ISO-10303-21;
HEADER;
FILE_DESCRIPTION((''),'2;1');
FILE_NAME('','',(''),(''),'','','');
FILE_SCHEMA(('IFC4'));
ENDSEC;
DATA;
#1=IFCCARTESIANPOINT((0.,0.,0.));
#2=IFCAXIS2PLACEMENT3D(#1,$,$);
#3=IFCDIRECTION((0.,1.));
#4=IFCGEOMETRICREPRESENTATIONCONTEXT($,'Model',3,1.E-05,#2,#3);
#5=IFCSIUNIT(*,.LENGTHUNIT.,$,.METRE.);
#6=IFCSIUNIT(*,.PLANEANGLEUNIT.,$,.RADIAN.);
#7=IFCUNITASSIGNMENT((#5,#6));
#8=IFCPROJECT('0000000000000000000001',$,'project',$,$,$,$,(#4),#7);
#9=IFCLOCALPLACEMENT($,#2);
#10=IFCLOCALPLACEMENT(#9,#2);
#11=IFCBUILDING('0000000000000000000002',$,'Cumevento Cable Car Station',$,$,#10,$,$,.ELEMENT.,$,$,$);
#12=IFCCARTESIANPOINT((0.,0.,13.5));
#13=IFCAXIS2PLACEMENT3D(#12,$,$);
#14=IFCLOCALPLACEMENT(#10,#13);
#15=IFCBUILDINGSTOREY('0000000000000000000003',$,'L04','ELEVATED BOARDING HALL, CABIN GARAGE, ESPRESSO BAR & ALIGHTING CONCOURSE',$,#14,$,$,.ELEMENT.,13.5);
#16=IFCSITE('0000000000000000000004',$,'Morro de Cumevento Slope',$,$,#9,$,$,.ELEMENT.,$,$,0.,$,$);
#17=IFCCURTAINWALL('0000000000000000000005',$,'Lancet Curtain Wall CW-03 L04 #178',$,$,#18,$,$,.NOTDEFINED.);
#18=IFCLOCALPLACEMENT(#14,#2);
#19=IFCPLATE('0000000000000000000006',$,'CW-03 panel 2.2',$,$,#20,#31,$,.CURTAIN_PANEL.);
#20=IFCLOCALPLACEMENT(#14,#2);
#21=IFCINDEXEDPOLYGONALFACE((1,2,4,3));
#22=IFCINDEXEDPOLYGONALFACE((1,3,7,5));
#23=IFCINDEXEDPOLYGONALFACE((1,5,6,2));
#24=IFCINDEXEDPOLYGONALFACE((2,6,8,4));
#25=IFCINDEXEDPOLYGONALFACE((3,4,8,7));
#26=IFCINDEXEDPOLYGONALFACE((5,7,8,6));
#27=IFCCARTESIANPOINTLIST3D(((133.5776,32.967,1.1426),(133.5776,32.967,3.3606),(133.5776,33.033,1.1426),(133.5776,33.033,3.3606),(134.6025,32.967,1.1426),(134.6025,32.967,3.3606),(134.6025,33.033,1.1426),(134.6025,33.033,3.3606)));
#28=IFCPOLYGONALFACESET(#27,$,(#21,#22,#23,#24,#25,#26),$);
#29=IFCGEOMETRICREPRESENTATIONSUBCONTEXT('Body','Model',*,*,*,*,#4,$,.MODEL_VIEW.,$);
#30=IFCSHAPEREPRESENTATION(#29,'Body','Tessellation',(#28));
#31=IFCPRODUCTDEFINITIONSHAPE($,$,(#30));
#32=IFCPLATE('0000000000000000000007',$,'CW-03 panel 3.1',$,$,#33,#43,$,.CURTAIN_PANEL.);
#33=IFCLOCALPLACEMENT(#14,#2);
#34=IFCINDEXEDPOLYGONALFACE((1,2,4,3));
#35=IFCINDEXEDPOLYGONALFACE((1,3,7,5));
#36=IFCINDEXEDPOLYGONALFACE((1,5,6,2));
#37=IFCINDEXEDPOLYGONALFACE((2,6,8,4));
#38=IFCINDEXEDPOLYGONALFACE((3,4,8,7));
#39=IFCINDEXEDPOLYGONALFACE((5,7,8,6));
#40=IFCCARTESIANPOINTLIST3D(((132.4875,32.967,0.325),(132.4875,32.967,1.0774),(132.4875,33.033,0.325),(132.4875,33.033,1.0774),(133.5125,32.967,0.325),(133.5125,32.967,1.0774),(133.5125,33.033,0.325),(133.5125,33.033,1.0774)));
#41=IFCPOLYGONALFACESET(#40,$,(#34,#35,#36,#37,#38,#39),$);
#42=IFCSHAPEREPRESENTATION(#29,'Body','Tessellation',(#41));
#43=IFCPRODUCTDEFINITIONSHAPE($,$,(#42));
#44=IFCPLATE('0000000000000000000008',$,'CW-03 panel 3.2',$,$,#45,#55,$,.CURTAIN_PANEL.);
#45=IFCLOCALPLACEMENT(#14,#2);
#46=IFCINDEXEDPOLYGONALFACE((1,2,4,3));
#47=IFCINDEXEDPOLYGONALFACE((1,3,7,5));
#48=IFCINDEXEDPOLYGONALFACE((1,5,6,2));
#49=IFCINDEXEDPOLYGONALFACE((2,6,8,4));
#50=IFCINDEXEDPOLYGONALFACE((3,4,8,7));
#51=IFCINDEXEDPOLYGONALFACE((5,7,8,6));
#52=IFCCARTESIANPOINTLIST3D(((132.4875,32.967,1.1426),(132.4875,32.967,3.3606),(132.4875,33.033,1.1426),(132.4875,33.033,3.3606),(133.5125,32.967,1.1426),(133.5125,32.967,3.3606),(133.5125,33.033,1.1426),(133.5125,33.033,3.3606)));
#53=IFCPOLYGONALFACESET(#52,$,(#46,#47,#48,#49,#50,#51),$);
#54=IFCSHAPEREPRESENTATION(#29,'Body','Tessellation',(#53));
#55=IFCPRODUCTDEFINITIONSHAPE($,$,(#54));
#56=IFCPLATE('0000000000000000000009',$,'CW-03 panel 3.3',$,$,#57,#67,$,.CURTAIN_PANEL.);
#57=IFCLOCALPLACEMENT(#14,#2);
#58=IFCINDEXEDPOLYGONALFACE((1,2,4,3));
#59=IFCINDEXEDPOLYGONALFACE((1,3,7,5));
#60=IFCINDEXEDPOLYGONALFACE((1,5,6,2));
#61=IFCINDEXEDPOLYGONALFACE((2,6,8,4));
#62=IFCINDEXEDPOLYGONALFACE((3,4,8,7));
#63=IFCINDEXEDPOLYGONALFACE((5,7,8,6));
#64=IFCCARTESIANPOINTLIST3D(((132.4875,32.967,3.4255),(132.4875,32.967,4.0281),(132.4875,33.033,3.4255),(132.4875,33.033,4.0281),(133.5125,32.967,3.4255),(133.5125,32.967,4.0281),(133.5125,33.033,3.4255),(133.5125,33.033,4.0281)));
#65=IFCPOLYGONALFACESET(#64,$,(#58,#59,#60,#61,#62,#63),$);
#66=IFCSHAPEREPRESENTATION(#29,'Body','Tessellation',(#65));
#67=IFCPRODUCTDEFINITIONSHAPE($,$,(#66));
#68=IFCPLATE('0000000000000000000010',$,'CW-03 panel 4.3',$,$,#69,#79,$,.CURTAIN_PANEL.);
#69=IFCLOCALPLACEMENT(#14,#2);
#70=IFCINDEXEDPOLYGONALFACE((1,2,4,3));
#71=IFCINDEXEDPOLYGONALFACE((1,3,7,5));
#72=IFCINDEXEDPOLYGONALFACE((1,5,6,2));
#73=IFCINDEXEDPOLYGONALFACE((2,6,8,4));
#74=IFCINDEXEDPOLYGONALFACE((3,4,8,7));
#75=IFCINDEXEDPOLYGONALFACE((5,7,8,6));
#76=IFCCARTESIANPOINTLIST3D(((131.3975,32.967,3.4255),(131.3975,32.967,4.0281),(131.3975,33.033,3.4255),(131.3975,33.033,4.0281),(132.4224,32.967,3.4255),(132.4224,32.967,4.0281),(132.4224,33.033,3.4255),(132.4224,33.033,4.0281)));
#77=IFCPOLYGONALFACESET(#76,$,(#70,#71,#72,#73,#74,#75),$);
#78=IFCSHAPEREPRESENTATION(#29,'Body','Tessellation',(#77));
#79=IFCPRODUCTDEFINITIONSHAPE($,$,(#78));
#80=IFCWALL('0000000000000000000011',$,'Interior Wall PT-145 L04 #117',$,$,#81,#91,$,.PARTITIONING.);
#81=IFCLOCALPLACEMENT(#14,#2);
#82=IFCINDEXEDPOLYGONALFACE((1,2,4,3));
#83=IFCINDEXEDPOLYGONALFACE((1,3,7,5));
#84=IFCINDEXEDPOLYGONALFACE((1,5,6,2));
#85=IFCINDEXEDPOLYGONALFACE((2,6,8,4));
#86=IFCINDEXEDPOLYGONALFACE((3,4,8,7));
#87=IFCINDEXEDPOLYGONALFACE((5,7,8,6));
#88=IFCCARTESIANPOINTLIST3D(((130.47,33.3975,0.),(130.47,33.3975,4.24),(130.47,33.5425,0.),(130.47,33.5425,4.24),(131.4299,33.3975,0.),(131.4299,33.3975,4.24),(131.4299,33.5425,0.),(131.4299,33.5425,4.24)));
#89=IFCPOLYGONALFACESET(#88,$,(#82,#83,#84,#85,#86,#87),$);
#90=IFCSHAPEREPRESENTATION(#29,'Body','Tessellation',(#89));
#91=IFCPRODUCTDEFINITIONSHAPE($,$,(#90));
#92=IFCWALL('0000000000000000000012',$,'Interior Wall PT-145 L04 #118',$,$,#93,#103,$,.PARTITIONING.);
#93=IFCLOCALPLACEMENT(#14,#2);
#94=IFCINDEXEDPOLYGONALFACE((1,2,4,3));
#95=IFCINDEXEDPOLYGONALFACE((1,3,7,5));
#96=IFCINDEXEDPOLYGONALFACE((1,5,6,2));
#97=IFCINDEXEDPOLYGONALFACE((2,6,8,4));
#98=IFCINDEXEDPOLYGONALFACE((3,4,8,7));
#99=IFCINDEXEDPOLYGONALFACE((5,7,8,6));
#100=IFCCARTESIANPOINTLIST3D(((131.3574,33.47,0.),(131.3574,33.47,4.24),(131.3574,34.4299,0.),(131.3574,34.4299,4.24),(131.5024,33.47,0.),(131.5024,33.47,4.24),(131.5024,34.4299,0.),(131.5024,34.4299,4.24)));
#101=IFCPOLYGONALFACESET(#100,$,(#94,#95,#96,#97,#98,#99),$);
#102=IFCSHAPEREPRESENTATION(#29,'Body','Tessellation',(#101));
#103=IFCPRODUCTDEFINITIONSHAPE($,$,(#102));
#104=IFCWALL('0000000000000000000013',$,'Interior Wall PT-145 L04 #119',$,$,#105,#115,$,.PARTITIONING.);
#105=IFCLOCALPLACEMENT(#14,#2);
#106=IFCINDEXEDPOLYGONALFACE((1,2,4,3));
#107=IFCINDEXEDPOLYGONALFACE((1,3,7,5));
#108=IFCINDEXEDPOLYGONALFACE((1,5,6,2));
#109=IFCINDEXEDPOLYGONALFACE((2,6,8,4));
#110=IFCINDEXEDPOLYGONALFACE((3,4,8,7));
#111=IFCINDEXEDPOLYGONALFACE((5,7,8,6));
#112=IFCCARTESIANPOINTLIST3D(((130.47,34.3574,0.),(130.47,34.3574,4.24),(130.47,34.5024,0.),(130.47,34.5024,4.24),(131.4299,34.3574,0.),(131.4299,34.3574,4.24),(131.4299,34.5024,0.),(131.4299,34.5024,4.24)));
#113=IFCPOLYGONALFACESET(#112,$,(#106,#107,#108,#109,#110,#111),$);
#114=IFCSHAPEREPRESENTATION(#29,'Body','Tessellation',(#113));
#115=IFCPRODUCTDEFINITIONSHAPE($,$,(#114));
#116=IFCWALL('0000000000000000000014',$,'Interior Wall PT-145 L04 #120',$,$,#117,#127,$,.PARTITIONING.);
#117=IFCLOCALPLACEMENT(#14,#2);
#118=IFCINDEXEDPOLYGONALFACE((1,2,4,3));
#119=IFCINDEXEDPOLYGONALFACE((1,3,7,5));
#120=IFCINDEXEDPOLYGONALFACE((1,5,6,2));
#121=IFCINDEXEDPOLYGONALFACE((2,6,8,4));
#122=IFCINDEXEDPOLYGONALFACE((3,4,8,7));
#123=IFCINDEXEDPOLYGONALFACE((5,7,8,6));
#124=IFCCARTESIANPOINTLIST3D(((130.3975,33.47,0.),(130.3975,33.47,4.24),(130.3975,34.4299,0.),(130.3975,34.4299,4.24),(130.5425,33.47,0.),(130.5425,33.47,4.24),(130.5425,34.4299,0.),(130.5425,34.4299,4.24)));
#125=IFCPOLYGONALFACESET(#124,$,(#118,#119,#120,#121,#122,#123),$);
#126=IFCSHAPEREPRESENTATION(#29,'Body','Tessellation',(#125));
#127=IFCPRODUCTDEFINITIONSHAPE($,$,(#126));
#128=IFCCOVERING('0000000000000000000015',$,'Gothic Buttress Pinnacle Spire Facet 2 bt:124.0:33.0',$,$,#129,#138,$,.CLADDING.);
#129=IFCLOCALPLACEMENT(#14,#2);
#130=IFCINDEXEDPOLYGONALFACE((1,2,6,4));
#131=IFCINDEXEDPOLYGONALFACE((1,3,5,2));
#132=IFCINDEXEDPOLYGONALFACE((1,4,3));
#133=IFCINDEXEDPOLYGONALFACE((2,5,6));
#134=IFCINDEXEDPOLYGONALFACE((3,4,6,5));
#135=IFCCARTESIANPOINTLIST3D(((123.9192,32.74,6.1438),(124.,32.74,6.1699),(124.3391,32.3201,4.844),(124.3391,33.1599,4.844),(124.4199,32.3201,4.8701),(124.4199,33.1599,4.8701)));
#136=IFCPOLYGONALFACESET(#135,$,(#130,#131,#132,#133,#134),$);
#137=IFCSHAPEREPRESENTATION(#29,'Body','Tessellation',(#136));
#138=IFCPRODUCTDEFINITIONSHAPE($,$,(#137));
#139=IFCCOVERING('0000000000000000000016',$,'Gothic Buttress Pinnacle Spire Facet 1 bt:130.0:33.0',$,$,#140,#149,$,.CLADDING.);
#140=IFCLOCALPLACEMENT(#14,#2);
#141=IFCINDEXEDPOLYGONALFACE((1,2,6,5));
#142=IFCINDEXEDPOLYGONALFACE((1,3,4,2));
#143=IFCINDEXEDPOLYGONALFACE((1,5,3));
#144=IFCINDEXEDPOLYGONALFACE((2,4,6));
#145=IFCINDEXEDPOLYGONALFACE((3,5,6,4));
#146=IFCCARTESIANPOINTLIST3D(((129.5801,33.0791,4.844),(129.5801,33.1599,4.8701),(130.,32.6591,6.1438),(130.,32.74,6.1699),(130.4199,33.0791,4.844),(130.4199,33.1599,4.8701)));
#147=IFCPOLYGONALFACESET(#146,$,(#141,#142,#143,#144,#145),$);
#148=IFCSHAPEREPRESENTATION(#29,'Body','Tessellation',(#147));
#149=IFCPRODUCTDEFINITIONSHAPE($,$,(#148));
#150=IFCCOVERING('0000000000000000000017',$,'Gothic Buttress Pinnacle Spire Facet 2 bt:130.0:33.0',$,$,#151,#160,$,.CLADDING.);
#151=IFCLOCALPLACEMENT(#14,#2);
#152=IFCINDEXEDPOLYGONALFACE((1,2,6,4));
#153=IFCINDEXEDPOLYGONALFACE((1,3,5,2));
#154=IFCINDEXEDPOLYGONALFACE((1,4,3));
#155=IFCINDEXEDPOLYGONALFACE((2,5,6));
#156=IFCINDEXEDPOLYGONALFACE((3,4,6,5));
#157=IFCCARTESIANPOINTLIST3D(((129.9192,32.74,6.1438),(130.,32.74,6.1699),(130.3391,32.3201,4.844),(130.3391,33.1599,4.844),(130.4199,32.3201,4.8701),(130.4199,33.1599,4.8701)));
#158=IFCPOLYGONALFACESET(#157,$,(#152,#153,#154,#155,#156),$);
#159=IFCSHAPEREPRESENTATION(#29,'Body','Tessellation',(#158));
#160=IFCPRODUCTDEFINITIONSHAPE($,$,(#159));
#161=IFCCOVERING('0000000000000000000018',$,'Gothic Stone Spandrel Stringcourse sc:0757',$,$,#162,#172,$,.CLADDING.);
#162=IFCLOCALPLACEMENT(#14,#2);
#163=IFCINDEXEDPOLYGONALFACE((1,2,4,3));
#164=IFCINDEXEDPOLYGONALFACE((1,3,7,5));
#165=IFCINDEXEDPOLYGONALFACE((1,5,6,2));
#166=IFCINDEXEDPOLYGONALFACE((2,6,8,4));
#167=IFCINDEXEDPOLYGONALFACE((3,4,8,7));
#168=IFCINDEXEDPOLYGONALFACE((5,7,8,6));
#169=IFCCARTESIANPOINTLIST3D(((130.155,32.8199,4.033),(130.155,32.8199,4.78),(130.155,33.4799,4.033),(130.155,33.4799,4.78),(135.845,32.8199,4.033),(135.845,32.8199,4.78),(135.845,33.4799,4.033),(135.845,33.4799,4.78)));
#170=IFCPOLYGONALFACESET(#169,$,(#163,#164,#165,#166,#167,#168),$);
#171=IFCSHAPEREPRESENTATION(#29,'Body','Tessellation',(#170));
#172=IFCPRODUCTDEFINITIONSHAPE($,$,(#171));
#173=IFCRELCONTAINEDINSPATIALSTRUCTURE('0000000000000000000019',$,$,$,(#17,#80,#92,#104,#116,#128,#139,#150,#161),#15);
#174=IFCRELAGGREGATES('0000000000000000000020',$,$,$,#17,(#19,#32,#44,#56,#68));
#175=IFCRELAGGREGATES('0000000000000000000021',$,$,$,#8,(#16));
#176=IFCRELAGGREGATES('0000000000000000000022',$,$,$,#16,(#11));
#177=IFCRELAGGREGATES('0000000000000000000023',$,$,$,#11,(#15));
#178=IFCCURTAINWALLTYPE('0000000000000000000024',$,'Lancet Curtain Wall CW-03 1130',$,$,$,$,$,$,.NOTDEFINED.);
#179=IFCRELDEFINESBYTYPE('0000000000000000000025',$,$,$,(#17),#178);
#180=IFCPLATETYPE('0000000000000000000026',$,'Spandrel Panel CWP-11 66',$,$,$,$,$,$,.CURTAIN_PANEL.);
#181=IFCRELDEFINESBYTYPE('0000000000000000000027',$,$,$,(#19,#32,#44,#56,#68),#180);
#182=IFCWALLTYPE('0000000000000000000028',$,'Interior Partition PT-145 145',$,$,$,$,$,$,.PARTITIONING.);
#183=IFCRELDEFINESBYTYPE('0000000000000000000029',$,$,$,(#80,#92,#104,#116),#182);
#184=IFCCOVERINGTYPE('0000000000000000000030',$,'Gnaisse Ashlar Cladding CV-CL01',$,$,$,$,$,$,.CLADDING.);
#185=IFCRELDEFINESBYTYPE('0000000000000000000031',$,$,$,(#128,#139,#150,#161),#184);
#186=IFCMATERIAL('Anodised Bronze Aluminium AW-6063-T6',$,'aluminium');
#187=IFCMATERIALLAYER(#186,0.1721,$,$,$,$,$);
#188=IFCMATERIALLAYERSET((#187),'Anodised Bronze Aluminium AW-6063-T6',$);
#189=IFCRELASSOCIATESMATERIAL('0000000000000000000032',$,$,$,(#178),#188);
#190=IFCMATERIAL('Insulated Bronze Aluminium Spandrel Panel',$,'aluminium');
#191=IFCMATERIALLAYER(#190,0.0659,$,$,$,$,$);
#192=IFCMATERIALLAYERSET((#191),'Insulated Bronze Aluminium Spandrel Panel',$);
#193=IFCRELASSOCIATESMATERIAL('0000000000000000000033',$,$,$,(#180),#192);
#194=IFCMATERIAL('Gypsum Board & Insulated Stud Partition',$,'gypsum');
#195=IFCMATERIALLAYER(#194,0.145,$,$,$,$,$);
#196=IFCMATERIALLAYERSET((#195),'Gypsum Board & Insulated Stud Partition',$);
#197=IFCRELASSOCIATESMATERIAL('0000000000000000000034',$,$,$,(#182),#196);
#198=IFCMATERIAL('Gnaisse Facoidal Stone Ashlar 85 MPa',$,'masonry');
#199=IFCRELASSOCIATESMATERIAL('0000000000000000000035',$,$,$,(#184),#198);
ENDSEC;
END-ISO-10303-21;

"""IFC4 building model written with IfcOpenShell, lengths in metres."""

from ifc_helpers import new_model, si_unit, direction, frame, frame_2d, origin, origin_2d, place, context, subcontext, project, spatial, polyline, rectangle, outline, extrude, material, layer, layer_set, type_object, element, aggregate, save


model = new_model("IFC4")

# Units and contexts
model_context = context("Model", 3, precision=1e-05, world=origin(), true_north=direction((0.0, 1.0)))
body_context = subcontext(model_context, "Body", "Model", "MODEL_VIEW")
ifc_project = project(units=[si_unit("LENGTHUNIT", "METRE"), si_unit("PLANEANGLEUNIT", "RADIAN")], contexts=[model_context])

# Site, building, storey
site_placement = place(None, origin())
site = spatial("IfcSite", under=ifc_project, at=site_placement, Name="Morro de Cumevento Slope", CompositionType="ELEMENT", RefElevation=0.0)
building_placement = place(site_placement, origin())
building = spatial("IfcBuilding", under=site, at=building_placement, Name="Cumevento Cable Car Station", CompositionType="ELEMENT")
storey_placement = place(building_placement, frame((0.0, 0.0, 13.5)))
storey = spatial("IfcBuildingStorey", under=building, at=storey_placement, Name="L04", Description="ELEVATED BOARDING HALL, CABIN GARAGE, ESPRESSO BAR & ALIGHTING CONCOURSE", CompositionType="ELEMENT", Elevation=13.5)

# Curtain wall, plates
ifc_material_1 = material(Name="Anodised Bronze Aluminium AW-6063-T6", Category="aluminium")
ifc_layer_1 = layer(ifc_material_1, 0.1721)
ifc_layer_set_1 = layer_set([ifc_layer_1], Name="Anodised Bronze Aluminium AW-6063-T6")
curtain_wall_type = type_object("IfcCurtainWallType", Name="Lancet Curtain Wall CW-03 1130", PredefinedType="NOTDEFINED", material=ifc_layer_set_1)
curtain_wall_placement = place(storey_placement, origin())
curtain_wall = element("IfcCurtainWall", 1, at=curtain_wall_placement, inside=storey, type_object=curtain_wall_type, Name="Lancet Curtain Wall CW-03 L04 #178", PredefinedType="NOTDEFINED")
ifc_material_2 = material(Name="Insulated Bronze Aluminium Spandrel Panel", Category="aluminium")
ifc_layer_2 = layer(ifc_material_2, 0.0659)
ifc_layer_set_2 = layer_set([ifc_layer_2], Name="Insulated Bronze Aluminium Spandrel Panel")
plate_type = type_object("IfcPlateType", Name="Spandrel Panel CWP-11 66", PredefinedType="CURTAIN_PANEL", material=ifc_layer_set_2)
plate_1_placement = place(storey_placement, frame((134.0901, 33.0, 1.1426), z_axis=(0.0, 0.0, 1.0), x_axis=(-1.0, 0.0, 0.0)))
plate_1 = element("IfcPlate", 2, at=plate_1_placement, type_object=plate_type, Name="CW-03 panel 2.2", PredefinedType="CURTAIN_PANEL", context=body_context, shape_type="SweptSolid", body=[
    extrude(rectangle(XDim=1.0249, YDim=0.0659, at=origin_2d()), origin(), (0.0, 0.0, 1.0), 2.218),
])
plate_2_placement = place(storey_placement, frame((133.0, 33.0, 0.325), z_axis=(0.0, 0.0, 1.0), x_axis=(-1.0, 0.0, 0.0)))
plate_2 = element("IfcPlate", 3, at=plate_2_placement, type_object=plate_type, Name="CW-03 panel 3.1", PredefinedType="CURTAIN_PANEL", context=body_context, shape_type="SweptSolid", body=[
    extrude(rectangle(XDim=1.0249, YDim=0.0659, at=origin_2d()), origin(), (0.0, 0.0, 1.0), 0.7524),
])
plate_3_placement = place(storey_placement, frame((133.0, 33.0, 1.1426), z_axis=(0.0, 0.0, 1.0), x_axis=(-1.0, 0.0, 0.0)))
plate_3 = element("IfcPlate", 4, at=plate_3_placement, type_object=plate_type, Name="CW-03 panel 3.2", PredefinedType="CURTAIN_PANEL", context=body_context, shape_type="SweptSolid", body=[
    extrude(rectangle(XDim=1.0249, YDim=0.0659, at=origin_2d()), origin(), (0.0, 0.0, 1.0), 2.218),
])
plate_4_placement = place(storey_placement, frame((133.0, 33.0, 3.4255), z_axis=(0.0, 0.0, 1.0), x_axis=(-1.0, 0.0, 0.0)))
plate_4 = element("IfcPlate", 5, at=plate_4_placement, type_object=plate_type, Name="CW-03 panel 3.3", PredefinedType="CURTAIN_PANEL", context=body_context, shape_type="SweptSolid", body=[
    extrude(rectangle(XDim=1.0249, YDim=0.0659, at=origin_2d()), origin(), (0.0, 0.0, 1.0), 0.6025),
])
plate_5_placement = place(storey_placement, frame((131.9099, 33.0, 3.4255), z_axis=(0.0, 0.0, 1.0), x_axis=(-1.0, 0.0, 0.0)))
plate_5 = element("IfcPlate", 6, at=plate_5_placement, type_object=plate_type, Name="CW-03 panel 4.3", PredefinedType="CURTAIN_PANEL", context=body_context, shape_type="SweptSolid", body=[
    extrude(rectangle(XDim=1.0249, YDim=0.0659, at=origin_2d()), origin(), (0.0, 0.0, 1.0), 0.6025),
])
aggregate(curtain_wall, [plate_1, plate_2, plate_3, plate_4, plate_5])

# Walls
ifc_material_3 = material(Name="Gypsum Board & Insulated Stud Partition", Category="gypsum")
ifc_layer_3 = layer(ifc_material_3, 0.145)
ifc_layer_set_3 = layer_set([ifc_layer_3], Name="Gypsum Board & Insulated Stud Partition")
wall_type = type_object("IfcWallType", Name="Interior Partition PT-145 145", PredefinedType="PARTITIONING", material=ifc_layer_set_3)
for number, where, z_axis, x_axis, name in (
    (7, (130.47, 33.47, 0.0), (0.0, 0.0, 1.0), (1.0, 0.0, 0.0), "Interior Wall PT-145 L04 #117"),
    (8, (131.4299, 33.47, 0.0), (0.0, 0.0, 1.0), (0.0, 1.0, 0.0), "Interior Wall PT-145 L04 #118"),
    (9, (131.4299, 34.4299, 0.0), (0.0, 0.0, 1.0), (-1.0, 0.0, 0.0), "Interior Wall PT-145 L04 #119"),
    (10, (130.47, 34.4299, 0.0), (0.0, 0.0, 1.0), (0.0, -1.0, 0.0), "Interior Wall PT-145 L04 #120"),
):
    element("IfcWall", number, at=place(storey_placement, frame(where, z_axis=z_axis, x_axis=x_axis)), inside=storey, type_object=wall_type, Name=name, PredefinedType="PARTITIONING", context=body_context, shape_type="SweptSolid", body=[
        extrude(rectangle(XDim=0.96, YDim=0.145, at=frame_2d((0.48, 0.0))), origin(), (0.0, 0.0, 1.0), 4.24),
    ])

# Coverings
ifc_material_4 = material(Name="Gnaisse Facoidal Stone Ashlar 85 MPa", Category="masonry")
covering_type = type_object("IfcCoveringType", Name="Gnaisse Ashlar Cladding CV-CL01", PredefinedType="CLADDING", material=ifc_material_4)
for number, where, z_axis, x_axis, name in (
    (11, (124.4199, 33.1599, 4.8701), (0.951574, 0.0, 0.307421), (0.0, -1.0, 0.0), "Gothic Buttress Pinnacle Spire Facet 2 bt:124.0:33.0"),
    (12, (129.5801, 33.1599, 4.8701), (0.0, 0.951574, 0.307421), (1.0, 0.0, 0.0), "Gothic Buttress Pinnacle Spire Facet 1 bt:130.0:33.0"),
    (13, (130.4199, 33.1599, 4.8701), (0.951574, 0.0, 0.307421), (0.0, -1.0, 0.0), "Gothic Buttress Pinnacle Spire Facet 2 bt:130.0:33.0"),
):
    element("IfcCovering", number, at=place(storey_placement, frame(where, z_axis=z_axis, x_axis=x_axis)), inside=storey, type_object=covering_type, Name=name, PredefinedType="CLADDING", context=body_context, shape_type="SweptSolid", body=[
        extrude(outline(polyline([(0.0, 0.0), (0.8398, 0.0), (0.4199, -1.366), (0.0, 0.0)])), origin(), (0.0, 0.0, -1.0), 0.085),
    ])
covering_placement = place(storey_placement, frame((133.0, 33.1499, 4.033), z_axis=(0.0, 0.0, 1.0), x_axis=(-1.0, 0.0, 0.0)))
element("IfcCovering", 14, at=covering_placement, inside=storey, type_object=covering_type, Name="Gothic Stone Spandrel Stringcourse sc:0757", PredefinedType="CLADDING", context=body_context, shape_type="SweptSolid", body=[
    extrude(rectangle(XDim=5.6899, YDim=0.6599, at=origin_2d()), origin(), (0.0, 0.0, 1.0), 0.7471),
])

save(model, "model.ifc")
